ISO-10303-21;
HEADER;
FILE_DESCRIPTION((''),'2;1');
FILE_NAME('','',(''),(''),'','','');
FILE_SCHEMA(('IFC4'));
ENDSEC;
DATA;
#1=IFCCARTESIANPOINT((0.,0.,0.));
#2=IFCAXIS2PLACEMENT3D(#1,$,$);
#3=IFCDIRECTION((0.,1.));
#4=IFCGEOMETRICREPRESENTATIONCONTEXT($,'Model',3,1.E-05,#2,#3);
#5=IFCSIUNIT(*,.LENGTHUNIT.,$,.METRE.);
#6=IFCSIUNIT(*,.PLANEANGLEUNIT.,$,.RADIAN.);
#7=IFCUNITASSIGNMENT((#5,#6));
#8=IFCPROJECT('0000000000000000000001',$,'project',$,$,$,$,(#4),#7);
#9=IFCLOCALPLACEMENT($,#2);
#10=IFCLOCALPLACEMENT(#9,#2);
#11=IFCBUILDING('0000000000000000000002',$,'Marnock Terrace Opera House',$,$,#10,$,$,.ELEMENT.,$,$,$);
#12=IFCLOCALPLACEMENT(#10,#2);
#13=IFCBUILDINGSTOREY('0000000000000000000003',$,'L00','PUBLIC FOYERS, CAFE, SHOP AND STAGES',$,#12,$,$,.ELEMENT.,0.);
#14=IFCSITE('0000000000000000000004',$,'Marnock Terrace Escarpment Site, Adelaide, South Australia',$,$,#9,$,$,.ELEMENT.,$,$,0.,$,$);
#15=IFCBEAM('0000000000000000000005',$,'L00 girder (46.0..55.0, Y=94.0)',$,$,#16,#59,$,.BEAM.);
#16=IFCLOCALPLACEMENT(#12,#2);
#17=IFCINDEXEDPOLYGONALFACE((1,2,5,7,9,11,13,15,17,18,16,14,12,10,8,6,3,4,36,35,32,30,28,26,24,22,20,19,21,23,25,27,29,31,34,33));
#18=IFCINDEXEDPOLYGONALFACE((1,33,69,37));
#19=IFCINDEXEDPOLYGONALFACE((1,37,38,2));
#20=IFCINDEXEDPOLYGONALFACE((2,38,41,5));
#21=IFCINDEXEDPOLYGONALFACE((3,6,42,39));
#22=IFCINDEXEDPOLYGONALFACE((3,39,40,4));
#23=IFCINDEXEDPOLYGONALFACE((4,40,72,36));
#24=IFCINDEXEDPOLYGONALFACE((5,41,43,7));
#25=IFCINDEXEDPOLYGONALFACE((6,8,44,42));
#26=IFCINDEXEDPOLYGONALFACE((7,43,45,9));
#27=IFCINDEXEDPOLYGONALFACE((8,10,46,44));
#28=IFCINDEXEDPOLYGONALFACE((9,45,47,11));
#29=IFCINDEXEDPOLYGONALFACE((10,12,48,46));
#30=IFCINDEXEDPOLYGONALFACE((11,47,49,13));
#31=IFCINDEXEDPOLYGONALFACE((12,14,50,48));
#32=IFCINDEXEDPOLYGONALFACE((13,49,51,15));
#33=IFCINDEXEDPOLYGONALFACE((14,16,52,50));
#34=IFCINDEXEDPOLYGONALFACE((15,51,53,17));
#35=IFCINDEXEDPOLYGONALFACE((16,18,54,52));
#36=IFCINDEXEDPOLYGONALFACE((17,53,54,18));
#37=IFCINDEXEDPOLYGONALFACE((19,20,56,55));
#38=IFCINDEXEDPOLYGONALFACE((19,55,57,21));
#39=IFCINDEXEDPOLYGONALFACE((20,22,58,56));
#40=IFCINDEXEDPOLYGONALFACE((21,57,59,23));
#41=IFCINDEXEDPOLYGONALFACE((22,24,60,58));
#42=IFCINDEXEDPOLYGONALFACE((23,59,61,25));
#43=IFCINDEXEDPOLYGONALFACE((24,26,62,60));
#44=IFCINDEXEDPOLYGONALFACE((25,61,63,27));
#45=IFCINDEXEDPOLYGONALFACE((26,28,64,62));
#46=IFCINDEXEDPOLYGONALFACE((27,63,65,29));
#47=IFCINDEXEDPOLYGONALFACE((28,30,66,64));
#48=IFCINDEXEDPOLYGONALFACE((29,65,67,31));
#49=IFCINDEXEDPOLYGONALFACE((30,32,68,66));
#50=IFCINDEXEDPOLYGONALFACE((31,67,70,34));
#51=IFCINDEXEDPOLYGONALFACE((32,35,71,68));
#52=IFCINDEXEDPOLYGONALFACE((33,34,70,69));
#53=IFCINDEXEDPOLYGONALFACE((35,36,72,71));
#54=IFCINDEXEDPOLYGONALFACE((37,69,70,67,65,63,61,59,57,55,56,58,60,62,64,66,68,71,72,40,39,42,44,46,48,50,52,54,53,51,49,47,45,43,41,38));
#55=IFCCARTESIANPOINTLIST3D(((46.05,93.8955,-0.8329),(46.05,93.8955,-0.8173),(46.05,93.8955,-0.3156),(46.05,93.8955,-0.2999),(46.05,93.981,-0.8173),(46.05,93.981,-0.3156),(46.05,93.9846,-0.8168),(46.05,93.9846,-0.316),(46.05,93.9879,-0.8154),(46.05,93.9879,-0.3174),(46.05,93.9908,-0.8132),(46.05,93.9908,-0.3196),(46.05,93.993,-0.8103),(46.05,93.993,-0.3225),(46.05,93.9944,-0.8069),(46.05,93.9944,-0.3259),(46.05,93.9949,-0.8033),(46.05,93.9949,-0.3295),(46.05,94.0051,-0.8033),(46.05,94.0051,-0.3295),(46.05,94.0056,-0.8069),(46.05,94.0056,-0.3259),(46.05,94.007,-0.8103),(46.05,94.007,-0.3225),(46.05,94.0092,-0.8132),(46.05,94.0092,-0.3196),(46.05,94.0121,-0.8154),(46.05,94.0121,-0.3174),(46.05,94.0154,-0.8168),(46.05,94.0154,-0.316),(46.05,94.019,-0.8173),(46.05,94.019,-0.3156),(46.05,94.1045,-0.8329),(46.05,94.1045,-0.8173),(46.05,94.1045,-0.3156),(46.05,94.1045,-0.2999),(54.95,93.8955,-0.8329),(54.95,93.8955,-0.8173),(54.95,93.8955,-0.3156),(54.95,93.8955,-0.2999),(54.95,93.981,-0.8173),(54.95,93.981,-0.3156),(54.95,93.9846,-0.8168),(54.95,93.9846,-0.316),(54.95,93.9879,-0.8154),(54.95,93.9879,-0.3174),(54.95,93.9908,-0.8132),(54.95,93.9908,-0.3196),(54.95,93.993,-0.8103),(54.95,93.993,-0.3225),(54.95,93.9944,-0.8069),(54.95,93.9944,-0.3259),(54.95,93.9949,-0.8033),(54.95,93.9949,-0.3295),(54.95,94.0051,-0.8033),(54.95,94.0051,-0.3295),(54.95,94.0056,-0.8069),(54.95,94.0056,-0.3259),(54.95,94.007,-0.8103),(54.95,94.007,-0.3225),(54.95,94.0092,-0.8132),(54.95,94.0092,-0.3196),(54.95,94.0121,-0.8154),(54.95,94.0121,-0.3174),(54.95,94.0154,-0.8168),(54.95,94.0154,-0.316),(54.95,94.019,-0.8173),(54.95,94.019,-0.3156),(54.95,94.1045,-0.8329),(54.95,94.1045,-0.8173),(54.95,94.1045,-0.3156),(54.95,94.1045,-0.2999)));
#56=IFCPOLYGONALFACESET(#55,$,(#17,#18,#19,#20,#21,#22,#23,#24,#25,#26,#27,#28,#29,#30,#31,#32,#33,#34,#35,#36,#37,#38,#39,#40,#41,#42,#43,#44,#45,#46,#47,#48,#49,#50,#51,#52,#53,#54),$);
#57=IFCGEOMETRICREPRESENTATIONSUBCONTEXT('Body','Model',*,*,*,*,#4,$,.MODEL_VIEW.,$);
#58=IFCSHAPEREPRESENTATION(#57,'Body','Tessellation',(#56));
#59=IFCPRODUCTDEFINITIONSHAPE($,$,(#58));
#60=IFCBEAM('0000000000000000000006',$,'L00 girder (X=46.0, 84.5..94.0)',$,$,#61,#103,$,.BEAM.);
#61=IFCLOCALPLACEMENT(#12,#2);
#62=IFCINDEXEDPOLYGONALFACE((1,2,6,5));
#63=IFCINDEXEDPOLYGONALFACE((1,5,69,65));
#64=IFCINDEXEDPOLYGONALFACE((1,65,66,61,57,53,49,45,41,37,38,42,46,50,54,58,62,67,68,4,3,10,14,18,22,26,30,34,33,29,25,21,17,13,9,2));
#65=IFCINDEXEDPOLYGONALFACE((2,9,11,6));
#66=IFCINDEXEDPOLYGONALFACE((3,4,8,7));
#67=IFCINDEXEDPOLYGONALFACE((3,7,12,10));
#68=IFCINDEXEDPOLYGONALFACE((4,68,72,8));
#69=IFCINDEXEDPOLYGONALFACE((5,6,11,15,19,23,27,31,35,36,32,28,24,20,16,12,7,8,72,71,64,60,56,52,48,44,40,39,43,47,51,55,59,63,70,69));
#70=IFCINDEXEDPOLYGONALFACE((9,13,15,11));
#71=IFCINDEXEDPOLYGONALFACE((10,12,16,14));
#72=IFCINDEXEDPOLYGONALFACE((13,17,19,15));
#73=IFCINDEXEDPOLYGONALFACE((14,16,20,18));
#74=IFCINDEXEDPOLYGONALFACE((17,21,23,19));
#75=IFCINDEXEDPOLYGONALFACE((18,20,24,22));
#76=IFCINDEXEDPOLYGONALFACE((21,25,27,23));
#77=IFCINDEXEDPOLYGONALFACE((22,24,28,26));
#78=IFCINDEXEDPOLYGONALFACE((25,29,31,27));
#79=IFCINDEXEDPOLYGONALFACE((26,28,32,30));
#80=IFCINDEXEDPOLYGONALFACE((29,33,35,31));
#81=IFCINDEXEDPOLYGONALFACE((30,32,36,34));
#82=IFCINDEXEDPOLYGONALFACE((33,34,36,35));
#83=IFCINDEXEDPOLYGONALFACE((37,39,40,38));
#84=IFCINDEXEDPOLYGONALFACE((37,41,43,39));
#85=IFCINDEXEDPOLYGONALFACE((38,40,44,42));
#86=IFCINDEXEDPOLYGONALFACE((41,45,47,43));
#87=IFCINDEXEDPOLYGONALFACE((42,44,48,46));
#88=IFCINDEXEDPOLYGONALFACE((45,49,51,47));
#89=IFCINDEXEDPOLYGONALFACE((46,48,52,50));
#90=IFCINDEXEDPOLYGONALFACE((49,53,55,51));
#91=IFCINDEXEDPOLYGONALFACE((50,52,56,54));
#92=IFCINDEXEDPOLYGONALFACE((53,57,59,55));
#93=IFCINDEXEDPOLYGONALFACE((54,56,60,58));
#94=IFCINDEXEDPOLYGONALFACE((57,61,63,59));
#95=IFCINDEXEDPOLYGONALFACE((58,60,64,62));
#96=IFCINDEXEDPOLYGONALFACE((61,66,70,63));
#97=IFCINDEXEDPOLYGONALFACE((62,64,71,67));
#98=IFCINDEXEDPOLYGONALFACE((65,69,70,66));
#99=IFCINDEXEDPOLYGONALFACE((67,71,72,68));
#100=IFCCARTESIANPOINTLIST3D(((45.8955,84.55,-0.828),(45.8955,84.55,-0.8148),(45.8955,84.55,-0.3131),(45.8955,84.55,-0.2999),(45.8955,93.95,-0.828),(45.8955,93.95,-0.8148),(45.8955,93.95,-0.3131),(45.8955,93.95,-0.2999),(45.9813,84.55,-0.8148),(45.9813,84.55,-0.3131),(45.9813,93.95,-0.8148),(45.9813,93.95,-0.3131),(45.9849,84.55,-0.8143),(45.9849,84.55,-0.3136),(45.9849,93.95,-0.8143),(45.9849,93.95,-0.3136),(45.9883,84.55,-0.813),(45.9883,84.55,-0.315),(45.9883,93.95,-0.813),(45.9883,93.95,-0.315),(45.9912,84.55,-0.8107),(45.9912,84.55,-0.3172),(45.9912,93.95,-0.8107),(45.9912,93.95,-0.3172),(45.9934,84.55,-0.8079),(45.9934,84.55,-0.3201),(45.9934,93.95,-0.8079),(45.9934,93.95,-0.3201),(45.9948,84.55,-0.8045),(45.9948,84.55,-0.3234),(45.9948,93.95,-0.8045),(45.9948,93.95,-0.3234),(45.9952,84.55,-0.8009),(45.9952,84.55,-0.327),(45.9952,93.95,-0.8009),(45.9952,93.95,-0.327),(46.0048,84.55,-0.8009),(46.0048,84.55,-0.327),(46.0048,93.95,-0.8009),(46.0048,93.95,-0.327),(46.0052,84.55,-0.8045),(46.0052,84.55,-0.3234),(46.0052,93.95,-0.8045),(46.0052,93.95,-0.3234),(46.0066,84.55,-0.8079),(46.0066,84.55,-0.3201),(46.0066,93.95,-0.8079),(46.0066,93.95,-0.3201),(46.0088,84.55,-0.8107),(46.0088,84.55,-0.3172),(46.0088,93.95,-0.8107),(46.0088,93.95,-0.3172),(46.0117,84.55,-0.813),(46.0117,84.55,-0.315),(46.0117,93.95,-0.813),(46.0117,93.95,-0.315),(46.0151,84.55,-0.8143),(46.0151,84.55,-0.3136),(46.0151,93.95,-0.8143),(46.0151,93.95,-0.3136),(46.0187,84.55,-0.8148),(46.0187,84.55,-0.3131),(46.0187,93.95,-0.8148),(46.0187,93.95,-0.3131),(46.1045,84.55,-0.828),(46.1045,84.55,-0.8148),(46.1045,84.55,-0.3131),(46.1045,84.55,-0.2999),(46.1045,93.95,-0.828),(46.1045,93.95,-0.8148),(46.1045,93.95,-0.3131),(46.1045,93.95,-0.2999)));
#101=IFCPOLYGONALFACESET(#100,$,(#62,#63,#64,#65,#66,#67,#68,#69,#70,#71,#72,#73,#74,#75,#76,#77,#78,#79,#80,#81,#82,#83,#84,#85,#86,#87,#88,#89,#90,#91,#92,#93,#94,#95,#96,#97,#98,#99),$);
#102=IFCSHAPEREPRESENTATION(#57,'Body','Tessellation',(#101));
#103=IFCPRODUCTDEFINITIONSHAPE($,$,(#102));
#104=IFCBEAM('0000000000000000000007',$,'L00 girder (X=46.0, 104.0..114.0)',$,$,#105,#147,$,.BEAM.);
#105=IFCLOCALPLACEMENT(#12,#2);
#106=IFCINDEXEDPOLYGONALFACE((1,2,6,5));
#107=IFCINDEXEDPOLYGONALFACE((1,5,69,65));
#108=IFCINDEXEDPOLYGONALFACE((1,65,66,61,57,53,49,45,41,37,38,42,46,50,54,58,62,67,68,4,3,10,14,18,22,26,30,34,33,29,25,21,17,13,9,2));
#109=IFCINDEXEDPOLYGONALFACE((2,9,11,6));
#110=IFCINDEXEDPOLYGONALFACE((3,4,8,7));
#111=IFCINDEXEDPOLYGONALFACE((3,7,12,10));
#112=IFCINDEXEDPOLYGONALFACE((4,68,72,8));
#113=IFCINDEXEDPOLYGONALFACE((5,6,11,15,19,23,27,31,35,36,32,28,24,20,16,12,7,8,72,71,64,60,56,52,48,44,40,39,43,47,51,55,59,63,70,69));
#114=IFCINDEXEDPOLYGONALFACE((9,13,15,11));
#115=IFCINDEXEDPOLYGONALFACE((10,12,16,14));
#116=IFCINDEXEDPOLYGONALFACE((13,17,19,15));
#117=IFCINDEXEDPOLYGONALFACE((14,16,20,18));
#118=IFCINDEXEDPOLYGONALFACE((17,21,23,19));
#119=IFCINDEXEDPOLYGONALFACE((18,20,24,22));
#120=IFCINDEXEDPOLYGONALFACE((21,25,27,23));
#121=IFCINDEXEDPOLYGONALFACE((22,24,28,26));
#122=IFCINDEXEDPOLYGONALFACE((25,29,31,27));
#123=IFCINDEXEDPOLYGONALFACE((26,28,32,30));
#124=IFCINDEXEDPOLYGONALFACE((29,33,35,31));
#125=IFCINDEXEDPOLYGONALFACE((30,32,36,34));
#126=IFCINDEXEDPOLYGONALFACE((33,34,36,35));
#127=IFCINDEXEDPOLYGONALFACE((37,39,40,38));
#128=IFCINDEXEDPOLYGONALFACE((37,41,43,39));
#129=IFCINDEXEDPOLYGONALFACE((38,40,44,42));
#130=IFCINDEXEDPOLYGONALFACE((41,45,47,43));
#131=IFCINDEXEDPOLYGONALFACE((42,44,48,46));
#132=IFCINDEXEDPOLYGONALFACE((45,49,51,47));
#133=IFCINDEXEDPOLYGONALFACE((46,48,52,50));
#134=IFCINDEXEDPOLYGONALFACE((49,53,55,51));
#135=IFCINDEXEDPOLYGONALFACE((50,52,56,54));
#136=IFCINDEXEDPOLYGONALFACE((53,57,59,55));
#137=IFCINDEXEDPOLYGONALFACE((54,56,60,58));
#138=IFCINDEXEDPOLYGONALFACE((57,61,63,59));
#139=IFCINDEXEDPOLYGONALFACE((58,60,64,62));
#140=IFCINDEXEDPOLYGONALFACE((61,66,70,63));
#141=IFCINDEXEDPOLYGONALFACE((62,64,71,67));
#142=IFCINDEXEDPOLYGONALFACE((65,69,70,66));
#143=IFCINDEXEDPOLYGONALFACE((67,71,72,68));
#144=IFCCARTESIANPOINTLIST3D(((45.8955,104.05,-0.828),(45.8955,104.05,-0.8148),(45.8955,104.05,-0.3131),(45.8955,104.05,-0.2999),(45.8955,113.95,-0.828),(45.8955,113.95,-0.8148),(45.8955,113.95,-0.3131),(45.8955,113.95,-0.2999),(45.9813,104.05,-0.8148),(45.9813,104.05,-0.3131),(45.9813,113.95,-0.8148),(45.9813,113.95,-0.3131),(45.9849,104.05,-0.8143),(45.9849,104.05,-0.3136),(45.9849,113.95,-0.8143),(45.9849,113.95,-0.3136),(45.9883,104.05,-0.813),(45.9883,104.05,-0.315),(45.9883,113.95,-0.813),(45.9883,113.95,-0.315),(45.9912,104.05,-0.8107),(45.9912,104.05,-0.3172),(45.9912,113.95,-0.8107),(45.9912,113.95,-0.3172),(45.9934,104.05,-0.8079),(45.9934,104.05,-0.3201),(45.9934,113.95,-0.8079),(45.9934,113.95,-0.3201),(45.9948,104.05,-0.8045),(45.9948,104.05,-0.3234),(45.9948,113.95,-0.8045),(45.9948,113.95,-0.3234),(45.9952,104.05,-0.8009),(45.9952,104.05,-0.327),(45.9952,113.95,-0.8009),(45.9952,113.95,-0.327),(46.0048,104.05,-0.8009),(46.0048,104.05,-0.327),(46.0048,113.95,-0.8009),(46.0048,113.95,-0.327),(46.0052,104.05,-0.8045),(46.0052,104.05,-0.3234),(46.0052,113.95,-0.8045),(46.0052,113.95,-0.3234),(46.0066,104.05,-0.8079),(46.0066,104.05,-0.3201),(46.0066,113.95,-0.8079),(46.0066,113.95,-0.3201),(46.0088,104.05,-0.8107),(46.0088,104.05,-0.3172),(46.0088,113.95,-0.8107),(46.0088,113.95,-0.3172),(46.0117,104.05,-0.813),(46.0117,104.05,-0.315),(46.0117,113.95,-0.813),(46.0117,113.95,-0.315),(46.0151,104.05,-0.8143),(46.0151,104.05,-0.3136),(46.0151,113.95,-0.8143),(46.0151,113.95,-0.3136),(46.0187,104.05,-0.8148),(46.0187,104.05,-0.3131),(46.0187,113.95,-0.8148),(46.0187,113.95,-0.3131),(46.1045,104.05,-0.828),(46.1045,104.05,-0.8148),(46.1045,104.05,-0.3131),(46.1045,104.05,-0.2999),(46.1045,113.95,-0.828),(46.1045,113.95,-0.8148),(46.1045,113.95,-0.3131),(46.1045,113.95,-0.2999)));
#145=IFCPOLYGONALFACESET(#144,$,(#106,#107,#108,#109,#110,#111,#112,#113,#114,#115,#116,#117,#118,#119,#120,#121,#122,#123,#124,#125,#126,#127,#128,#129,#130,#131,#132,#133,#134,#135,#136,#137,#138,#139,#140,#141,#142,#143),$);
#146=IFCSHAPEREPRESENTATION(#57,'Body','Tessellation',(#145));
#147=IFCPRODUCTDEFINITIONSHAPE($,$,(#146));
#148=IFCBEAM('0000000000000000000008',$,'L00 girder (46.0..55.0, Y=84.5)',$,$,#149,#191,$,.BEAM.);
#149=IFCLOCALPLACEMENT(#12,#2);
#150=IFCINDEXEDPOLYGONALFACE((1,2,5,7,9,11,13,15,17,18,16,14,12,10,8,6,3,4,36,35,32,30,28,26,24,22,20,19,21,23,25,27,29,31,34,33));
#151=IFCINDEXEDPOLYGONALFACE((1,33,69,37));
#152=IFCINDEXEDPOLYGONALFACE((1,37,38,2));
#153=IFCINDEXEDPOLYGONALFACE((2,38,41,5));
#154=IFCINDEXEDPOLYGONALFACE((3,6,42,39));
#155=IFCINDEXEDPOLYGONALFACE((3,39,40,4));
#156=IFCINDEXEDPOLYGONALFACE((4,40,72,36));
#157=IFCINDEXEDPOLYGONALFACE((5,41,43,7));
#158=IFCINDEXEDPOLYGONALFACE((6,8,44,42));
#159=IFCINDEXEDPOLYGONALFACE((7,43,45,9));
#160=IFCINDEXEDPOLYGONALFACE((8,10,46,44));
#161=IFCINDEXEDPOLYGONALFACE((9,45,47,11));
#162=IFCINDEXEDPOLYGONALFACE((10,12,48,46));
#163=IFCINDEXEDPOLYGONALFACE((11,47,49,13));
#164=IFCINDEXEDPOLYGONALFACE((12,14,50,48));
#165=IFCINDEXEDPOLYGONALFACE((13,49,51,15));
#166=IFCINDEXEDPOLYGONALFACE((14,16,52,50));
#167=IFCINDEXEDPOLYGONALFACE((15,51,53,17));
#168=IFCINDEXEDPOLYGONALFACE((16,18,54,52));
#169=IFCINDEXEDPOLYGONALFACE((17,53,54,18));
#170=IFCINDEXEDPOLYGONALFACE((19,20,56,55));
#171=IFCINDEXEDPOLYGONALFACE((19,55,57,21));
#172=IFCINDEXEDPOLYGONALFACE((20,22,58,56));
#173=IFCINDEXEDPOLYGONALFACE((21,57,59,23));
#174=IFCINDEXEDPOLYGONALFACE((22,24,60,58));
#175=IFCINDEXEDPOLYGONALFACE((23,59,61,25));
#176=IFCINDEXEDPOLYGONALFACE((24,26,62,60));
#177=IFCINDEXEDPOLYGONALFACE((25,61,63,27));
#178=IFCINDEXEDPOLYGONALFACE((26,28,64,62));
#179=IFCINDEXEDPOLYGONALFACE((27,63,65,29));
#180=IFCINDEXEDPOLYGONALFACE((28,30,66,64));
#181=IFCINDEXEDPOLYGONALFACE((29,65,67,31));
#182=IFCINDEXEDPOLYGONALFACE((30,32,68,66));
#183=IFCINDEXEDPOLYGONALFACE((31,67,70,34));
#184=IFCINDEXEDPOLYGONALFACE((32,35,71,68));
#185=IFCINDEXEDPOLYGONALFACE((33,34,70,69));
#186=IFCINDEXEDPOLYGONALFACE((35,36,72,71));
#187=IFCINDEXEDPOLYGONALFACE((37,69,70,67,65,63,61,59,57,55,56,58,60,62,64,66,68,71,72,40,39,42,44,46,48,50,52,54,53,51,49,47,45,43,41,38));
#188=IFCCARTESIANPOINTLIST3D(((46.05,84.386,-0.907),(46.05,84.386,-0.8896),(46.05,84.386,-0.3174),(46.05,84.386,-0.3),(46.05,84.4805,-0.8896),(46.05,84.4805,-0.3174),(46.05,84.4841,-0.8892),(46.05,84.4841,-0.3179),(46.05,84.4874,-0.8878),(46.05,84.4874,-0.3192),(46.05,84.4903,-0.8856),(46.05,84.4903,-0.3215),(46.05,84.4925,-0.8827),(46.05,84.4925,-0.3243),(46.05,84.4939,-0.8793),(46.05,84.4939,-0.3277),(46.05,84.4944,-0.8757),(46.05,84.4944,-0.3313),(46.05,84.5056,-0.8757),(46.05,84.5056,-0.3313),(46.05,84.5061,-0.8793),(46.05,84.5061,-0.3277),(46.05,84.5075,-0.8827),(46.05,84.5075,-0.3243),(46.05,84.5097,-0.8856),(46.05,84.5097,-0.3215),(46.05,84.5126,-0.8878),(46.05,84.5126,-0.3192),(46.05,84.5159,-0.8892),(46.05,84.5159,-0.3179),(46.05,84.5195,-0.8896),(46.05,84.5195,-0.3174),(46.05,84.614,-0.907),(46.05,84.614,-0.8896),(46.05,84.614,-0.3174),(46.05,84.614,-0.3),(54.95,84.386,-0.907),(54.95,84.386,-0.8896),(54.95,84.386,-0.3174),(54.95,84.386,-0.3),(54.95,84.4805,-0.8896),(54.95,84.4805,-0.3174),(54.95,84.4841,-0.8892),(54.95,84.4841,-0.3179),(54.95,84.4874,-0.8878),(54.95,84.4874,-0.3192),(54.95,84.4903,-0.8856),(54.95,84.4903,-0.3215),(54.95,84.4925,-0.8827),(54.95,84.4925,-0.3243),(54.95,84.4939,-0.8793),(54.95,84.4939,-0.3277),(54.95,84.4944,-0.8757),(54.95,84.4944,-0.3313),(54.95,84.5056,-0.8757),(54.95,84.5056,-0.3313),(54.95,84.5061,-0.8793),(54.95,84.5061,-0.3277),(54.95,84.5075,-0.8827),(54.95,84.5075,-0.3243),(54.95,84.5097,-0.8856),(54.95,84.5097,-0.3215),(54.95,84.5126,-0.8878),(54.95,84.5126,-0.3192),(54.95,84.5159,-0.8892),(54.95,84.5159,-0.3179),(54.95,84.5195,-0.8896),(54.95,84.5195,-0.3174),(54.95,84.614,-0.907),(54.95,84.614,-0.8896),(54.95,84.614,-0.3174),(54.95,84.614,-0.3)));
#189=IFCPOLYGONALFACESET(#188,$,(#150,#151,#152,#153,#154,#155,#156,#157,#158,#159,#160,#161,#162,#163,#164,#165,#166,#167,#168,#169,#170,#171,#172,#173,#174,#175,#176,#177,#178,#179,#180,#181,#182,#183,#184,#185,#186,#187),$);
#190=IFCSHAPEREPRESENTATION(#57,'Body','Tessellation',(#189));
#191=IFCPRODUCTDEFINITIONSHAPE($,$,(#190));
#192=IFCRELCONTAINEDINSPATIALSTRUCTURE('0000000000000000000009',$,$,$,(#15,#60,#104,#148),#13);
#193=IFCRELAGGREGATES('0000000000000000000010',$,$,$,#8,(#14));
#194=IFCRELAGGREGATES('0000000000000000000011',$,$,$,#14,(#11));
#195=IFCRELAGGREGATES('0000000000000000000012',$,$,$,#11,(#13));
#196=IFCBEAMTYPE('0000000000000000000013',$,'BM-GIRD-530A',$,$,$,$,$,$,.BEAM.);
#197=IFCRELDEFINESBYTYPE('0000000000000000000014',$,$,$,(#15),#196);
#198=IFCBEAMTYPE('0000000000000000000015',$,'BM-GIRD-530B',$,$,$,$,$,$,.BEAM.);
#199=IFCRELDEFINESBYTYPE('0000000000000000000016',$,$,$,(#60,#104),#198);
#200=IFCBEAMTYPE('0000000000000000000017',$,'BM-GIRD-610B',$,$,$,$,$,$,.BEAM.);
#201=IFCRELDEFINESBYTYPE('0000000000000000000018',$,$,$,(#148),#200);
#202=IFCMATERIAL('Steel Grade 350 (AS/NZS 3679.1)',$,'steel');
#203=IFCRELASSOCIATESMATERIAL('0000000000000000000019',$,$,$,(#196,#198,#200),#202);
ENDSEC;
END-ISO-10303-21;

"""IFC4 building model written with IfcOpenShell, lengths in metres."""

from ifc_helpers import new_model, si_unit, direction, frame, origin, origin_2d, place, context, subcontext, project, spatial, i_section, extrude, material, material_profile, profile_set, type_object, element, save


model = new_model("IFC4")

# Units and contexts
model_context = context("Model", 3, precision=1e-05, world=origin(), true_north=direction((0.0, 1.0)))
body_context = subcontext(model_context, "Body", "Model", "MODEL_VIEW")
ifc_project = project(units=[si_unit("LENGTHUNIT", "METRE"), si_unit("PLANEANGLEUNIT", "RADIAN")], contexts=[model_context])

# Site, building, storey
site_placement = place(None, origin())
site = spatial("IfcSite", under=ifc_project, at=site_placement, Name="Marnock Terrace Escarpment Site, Adelaide, South Australia", CompositionType="ELEMENT", RefElevation=0.0)
building_placement = place(site_placement, origin())
building = spatial("IfcBuilding", under=site, at=building_placement, Name="Marnock Terrace Opera House", CompositionType="ELEMENT")
storey_placement = place(building_placement, origin())
storey = spatial("IfcBuildingStorey", under=building, at=storey_placement, Name="L00", Description="PUBLIC FOYERS, CAFE, SHOP AND STAGES", CompositionType="ELEMENT", Elevation=0.0)

# Shared definitions
ifc_material_1 = material(Name="Steel Grade 350 (AS/NZS 3679.1)", Category="steel")

# Beams
ifc_material_profile_1 = material_profile(ifc_material_1, i_section(OverallWidth=0.209, OverallDepth=0.533, WebThickness=0.0103, FlangeThickness=0.0156, FilletRadius=0.0139, at=origin_2d()))
ifc_profile_set_1 = profile_set([ifc_material_profile_1], Name="Steel Grade 350 (AS/NZS 3679.1)")
beam_type_1 = type_object("IfcBeamType", Name="BM-GIRD-530A", PredefinedType="BEAM", material=ifc_profile_set_1)
beam_1_placement = place(storey_placement, frame((46.05, 94.0, -0.5664), z_axis=(1.0, 0.0, 0.0), x_axis=(0.0, 1.0, 0.0)))
element("IfcBeam", 1, at=beam_1_placement, inside=storey, type_object=beam_type_1, Name="L00 girder (46.0..55.0, Y=94.0)", PredefinedType="BEAM", context=body_context, shape_type="SweptSolid", body=[
    extrude(i_section(OverallWidth=0.209, OverallDepth=0.533, WebThickness=0.0103, FlangeThickness=0.0156, FilletRadius=0.0139, at=origin_2d()), origin(), (0.0, 0.0, 1.0), 8.8999),
])
ifc_material_profile_2 = material_profile(ifc_material_1, i_section(OverallWidth=0.209, OverallDepth=0.5281, WebThickness=0.0095, FlangeThickness=0.0132, FilletRadius=0.0139, at=origin_2d()))
ifc_profile_set_2 = profile_set([ifc_material_profile_2], Name="Steel Grade 350 (AS/NZS 3679.1)")
beam_type_2 = type_object("IfcBeamType", Name="BM-GIRD-530B", PredefinedType="BEAM", material=ifc_profile_set_2)
beam_2_placement = place(storey_placement, frame((46.0, 84.55, -0.564), z_axis=(0.0, 1.0, 0.0), x_axis=(-1.0, 0.0, 0.0)))
element("IfcBeam", 2, at=beam_2_placement, inside=storey, type_object=beam_type_2, Name="L00 girder (X=46.0, 84.5..94.0)", PredefinedType="BEAM", context=body_context, shape_type="SweptSolid", body=[
    extrude(i_section(OverallWidth=0.209, OverallDepth=0.5281, WebThickness=0.0095, FlangeThickness=0.0132, FilletRadius=0.0139, at=origin_2d()), origin(), (0.0, 0.0, 1.0), 9.3999),
])
beam_3_placement = place(storey_placement, frame((46.0, 104.05, -0.564), z_axis=(0.0, 1.0, 0.0), x_axis=(-1.0, 0.0, 0.0)))
element("IfcBeam", 3, at=beam_3_placement, inside=storey, type_object=beam_type_2, Name="L00 girder (X=46.0, 104.0..114.0)", PredefinedType="BEAM", context=body_context, shape_type="SweptSolid", body=[
    extrude(i_section(OverallWidth=0.209, OverallDepth=0.5281, WebThickness=0.0095, FlangeThickness=0.0132, FilletRadius=0.0139, at=origin_2d()), origin(), (0.0, 0.0, 1.0), 9.8999),
])
ifc_material_profile_3 = material_profile(ifc_material_1, i_section(OverallWidth=0.228, OverallDepth=0.6069, WebThickness=0.0112, FlangeThickness=0.0173, FilletRadius=0.0139, at=origin_2d()))
ifc_profile_set_3 = profile_set([ifc_material_profile_3], Name="Steel Grade 350 (AS/NZS 3679.1)")
beam_type_3 = type_object("IfcBeamType", Name="BM-GIRD-610B", PredefinedType="BEAM", material=ifc_profile_set_3)
beam_4_placement = place(storey_placement, frame((46.05, 84.5, -0.6035), z_axis=(1.0, 0.0, 0.0), x_axis=(0.0, 1.0, 0.0)))
element("IfcBeam", 4, at=beam_4_placement, inside=storey, type_object=beam_type_3, Name="L00 girder (46.0..55.0, Y=84.5)", PredefinedType="BEAM", context=body_context, shape_type="SweptSolid", body=[
    extrude(i_section(OverallWidth=0.228, OverallDepth=0.6069, WebThickness=0.0112, FlangeThickness=0.0173, FilletRadius=0.0139, at=origin_2d()), origin(), (0.0, 0.0, 1.0), 8.8999),
])

save(model, "model.ifc")
